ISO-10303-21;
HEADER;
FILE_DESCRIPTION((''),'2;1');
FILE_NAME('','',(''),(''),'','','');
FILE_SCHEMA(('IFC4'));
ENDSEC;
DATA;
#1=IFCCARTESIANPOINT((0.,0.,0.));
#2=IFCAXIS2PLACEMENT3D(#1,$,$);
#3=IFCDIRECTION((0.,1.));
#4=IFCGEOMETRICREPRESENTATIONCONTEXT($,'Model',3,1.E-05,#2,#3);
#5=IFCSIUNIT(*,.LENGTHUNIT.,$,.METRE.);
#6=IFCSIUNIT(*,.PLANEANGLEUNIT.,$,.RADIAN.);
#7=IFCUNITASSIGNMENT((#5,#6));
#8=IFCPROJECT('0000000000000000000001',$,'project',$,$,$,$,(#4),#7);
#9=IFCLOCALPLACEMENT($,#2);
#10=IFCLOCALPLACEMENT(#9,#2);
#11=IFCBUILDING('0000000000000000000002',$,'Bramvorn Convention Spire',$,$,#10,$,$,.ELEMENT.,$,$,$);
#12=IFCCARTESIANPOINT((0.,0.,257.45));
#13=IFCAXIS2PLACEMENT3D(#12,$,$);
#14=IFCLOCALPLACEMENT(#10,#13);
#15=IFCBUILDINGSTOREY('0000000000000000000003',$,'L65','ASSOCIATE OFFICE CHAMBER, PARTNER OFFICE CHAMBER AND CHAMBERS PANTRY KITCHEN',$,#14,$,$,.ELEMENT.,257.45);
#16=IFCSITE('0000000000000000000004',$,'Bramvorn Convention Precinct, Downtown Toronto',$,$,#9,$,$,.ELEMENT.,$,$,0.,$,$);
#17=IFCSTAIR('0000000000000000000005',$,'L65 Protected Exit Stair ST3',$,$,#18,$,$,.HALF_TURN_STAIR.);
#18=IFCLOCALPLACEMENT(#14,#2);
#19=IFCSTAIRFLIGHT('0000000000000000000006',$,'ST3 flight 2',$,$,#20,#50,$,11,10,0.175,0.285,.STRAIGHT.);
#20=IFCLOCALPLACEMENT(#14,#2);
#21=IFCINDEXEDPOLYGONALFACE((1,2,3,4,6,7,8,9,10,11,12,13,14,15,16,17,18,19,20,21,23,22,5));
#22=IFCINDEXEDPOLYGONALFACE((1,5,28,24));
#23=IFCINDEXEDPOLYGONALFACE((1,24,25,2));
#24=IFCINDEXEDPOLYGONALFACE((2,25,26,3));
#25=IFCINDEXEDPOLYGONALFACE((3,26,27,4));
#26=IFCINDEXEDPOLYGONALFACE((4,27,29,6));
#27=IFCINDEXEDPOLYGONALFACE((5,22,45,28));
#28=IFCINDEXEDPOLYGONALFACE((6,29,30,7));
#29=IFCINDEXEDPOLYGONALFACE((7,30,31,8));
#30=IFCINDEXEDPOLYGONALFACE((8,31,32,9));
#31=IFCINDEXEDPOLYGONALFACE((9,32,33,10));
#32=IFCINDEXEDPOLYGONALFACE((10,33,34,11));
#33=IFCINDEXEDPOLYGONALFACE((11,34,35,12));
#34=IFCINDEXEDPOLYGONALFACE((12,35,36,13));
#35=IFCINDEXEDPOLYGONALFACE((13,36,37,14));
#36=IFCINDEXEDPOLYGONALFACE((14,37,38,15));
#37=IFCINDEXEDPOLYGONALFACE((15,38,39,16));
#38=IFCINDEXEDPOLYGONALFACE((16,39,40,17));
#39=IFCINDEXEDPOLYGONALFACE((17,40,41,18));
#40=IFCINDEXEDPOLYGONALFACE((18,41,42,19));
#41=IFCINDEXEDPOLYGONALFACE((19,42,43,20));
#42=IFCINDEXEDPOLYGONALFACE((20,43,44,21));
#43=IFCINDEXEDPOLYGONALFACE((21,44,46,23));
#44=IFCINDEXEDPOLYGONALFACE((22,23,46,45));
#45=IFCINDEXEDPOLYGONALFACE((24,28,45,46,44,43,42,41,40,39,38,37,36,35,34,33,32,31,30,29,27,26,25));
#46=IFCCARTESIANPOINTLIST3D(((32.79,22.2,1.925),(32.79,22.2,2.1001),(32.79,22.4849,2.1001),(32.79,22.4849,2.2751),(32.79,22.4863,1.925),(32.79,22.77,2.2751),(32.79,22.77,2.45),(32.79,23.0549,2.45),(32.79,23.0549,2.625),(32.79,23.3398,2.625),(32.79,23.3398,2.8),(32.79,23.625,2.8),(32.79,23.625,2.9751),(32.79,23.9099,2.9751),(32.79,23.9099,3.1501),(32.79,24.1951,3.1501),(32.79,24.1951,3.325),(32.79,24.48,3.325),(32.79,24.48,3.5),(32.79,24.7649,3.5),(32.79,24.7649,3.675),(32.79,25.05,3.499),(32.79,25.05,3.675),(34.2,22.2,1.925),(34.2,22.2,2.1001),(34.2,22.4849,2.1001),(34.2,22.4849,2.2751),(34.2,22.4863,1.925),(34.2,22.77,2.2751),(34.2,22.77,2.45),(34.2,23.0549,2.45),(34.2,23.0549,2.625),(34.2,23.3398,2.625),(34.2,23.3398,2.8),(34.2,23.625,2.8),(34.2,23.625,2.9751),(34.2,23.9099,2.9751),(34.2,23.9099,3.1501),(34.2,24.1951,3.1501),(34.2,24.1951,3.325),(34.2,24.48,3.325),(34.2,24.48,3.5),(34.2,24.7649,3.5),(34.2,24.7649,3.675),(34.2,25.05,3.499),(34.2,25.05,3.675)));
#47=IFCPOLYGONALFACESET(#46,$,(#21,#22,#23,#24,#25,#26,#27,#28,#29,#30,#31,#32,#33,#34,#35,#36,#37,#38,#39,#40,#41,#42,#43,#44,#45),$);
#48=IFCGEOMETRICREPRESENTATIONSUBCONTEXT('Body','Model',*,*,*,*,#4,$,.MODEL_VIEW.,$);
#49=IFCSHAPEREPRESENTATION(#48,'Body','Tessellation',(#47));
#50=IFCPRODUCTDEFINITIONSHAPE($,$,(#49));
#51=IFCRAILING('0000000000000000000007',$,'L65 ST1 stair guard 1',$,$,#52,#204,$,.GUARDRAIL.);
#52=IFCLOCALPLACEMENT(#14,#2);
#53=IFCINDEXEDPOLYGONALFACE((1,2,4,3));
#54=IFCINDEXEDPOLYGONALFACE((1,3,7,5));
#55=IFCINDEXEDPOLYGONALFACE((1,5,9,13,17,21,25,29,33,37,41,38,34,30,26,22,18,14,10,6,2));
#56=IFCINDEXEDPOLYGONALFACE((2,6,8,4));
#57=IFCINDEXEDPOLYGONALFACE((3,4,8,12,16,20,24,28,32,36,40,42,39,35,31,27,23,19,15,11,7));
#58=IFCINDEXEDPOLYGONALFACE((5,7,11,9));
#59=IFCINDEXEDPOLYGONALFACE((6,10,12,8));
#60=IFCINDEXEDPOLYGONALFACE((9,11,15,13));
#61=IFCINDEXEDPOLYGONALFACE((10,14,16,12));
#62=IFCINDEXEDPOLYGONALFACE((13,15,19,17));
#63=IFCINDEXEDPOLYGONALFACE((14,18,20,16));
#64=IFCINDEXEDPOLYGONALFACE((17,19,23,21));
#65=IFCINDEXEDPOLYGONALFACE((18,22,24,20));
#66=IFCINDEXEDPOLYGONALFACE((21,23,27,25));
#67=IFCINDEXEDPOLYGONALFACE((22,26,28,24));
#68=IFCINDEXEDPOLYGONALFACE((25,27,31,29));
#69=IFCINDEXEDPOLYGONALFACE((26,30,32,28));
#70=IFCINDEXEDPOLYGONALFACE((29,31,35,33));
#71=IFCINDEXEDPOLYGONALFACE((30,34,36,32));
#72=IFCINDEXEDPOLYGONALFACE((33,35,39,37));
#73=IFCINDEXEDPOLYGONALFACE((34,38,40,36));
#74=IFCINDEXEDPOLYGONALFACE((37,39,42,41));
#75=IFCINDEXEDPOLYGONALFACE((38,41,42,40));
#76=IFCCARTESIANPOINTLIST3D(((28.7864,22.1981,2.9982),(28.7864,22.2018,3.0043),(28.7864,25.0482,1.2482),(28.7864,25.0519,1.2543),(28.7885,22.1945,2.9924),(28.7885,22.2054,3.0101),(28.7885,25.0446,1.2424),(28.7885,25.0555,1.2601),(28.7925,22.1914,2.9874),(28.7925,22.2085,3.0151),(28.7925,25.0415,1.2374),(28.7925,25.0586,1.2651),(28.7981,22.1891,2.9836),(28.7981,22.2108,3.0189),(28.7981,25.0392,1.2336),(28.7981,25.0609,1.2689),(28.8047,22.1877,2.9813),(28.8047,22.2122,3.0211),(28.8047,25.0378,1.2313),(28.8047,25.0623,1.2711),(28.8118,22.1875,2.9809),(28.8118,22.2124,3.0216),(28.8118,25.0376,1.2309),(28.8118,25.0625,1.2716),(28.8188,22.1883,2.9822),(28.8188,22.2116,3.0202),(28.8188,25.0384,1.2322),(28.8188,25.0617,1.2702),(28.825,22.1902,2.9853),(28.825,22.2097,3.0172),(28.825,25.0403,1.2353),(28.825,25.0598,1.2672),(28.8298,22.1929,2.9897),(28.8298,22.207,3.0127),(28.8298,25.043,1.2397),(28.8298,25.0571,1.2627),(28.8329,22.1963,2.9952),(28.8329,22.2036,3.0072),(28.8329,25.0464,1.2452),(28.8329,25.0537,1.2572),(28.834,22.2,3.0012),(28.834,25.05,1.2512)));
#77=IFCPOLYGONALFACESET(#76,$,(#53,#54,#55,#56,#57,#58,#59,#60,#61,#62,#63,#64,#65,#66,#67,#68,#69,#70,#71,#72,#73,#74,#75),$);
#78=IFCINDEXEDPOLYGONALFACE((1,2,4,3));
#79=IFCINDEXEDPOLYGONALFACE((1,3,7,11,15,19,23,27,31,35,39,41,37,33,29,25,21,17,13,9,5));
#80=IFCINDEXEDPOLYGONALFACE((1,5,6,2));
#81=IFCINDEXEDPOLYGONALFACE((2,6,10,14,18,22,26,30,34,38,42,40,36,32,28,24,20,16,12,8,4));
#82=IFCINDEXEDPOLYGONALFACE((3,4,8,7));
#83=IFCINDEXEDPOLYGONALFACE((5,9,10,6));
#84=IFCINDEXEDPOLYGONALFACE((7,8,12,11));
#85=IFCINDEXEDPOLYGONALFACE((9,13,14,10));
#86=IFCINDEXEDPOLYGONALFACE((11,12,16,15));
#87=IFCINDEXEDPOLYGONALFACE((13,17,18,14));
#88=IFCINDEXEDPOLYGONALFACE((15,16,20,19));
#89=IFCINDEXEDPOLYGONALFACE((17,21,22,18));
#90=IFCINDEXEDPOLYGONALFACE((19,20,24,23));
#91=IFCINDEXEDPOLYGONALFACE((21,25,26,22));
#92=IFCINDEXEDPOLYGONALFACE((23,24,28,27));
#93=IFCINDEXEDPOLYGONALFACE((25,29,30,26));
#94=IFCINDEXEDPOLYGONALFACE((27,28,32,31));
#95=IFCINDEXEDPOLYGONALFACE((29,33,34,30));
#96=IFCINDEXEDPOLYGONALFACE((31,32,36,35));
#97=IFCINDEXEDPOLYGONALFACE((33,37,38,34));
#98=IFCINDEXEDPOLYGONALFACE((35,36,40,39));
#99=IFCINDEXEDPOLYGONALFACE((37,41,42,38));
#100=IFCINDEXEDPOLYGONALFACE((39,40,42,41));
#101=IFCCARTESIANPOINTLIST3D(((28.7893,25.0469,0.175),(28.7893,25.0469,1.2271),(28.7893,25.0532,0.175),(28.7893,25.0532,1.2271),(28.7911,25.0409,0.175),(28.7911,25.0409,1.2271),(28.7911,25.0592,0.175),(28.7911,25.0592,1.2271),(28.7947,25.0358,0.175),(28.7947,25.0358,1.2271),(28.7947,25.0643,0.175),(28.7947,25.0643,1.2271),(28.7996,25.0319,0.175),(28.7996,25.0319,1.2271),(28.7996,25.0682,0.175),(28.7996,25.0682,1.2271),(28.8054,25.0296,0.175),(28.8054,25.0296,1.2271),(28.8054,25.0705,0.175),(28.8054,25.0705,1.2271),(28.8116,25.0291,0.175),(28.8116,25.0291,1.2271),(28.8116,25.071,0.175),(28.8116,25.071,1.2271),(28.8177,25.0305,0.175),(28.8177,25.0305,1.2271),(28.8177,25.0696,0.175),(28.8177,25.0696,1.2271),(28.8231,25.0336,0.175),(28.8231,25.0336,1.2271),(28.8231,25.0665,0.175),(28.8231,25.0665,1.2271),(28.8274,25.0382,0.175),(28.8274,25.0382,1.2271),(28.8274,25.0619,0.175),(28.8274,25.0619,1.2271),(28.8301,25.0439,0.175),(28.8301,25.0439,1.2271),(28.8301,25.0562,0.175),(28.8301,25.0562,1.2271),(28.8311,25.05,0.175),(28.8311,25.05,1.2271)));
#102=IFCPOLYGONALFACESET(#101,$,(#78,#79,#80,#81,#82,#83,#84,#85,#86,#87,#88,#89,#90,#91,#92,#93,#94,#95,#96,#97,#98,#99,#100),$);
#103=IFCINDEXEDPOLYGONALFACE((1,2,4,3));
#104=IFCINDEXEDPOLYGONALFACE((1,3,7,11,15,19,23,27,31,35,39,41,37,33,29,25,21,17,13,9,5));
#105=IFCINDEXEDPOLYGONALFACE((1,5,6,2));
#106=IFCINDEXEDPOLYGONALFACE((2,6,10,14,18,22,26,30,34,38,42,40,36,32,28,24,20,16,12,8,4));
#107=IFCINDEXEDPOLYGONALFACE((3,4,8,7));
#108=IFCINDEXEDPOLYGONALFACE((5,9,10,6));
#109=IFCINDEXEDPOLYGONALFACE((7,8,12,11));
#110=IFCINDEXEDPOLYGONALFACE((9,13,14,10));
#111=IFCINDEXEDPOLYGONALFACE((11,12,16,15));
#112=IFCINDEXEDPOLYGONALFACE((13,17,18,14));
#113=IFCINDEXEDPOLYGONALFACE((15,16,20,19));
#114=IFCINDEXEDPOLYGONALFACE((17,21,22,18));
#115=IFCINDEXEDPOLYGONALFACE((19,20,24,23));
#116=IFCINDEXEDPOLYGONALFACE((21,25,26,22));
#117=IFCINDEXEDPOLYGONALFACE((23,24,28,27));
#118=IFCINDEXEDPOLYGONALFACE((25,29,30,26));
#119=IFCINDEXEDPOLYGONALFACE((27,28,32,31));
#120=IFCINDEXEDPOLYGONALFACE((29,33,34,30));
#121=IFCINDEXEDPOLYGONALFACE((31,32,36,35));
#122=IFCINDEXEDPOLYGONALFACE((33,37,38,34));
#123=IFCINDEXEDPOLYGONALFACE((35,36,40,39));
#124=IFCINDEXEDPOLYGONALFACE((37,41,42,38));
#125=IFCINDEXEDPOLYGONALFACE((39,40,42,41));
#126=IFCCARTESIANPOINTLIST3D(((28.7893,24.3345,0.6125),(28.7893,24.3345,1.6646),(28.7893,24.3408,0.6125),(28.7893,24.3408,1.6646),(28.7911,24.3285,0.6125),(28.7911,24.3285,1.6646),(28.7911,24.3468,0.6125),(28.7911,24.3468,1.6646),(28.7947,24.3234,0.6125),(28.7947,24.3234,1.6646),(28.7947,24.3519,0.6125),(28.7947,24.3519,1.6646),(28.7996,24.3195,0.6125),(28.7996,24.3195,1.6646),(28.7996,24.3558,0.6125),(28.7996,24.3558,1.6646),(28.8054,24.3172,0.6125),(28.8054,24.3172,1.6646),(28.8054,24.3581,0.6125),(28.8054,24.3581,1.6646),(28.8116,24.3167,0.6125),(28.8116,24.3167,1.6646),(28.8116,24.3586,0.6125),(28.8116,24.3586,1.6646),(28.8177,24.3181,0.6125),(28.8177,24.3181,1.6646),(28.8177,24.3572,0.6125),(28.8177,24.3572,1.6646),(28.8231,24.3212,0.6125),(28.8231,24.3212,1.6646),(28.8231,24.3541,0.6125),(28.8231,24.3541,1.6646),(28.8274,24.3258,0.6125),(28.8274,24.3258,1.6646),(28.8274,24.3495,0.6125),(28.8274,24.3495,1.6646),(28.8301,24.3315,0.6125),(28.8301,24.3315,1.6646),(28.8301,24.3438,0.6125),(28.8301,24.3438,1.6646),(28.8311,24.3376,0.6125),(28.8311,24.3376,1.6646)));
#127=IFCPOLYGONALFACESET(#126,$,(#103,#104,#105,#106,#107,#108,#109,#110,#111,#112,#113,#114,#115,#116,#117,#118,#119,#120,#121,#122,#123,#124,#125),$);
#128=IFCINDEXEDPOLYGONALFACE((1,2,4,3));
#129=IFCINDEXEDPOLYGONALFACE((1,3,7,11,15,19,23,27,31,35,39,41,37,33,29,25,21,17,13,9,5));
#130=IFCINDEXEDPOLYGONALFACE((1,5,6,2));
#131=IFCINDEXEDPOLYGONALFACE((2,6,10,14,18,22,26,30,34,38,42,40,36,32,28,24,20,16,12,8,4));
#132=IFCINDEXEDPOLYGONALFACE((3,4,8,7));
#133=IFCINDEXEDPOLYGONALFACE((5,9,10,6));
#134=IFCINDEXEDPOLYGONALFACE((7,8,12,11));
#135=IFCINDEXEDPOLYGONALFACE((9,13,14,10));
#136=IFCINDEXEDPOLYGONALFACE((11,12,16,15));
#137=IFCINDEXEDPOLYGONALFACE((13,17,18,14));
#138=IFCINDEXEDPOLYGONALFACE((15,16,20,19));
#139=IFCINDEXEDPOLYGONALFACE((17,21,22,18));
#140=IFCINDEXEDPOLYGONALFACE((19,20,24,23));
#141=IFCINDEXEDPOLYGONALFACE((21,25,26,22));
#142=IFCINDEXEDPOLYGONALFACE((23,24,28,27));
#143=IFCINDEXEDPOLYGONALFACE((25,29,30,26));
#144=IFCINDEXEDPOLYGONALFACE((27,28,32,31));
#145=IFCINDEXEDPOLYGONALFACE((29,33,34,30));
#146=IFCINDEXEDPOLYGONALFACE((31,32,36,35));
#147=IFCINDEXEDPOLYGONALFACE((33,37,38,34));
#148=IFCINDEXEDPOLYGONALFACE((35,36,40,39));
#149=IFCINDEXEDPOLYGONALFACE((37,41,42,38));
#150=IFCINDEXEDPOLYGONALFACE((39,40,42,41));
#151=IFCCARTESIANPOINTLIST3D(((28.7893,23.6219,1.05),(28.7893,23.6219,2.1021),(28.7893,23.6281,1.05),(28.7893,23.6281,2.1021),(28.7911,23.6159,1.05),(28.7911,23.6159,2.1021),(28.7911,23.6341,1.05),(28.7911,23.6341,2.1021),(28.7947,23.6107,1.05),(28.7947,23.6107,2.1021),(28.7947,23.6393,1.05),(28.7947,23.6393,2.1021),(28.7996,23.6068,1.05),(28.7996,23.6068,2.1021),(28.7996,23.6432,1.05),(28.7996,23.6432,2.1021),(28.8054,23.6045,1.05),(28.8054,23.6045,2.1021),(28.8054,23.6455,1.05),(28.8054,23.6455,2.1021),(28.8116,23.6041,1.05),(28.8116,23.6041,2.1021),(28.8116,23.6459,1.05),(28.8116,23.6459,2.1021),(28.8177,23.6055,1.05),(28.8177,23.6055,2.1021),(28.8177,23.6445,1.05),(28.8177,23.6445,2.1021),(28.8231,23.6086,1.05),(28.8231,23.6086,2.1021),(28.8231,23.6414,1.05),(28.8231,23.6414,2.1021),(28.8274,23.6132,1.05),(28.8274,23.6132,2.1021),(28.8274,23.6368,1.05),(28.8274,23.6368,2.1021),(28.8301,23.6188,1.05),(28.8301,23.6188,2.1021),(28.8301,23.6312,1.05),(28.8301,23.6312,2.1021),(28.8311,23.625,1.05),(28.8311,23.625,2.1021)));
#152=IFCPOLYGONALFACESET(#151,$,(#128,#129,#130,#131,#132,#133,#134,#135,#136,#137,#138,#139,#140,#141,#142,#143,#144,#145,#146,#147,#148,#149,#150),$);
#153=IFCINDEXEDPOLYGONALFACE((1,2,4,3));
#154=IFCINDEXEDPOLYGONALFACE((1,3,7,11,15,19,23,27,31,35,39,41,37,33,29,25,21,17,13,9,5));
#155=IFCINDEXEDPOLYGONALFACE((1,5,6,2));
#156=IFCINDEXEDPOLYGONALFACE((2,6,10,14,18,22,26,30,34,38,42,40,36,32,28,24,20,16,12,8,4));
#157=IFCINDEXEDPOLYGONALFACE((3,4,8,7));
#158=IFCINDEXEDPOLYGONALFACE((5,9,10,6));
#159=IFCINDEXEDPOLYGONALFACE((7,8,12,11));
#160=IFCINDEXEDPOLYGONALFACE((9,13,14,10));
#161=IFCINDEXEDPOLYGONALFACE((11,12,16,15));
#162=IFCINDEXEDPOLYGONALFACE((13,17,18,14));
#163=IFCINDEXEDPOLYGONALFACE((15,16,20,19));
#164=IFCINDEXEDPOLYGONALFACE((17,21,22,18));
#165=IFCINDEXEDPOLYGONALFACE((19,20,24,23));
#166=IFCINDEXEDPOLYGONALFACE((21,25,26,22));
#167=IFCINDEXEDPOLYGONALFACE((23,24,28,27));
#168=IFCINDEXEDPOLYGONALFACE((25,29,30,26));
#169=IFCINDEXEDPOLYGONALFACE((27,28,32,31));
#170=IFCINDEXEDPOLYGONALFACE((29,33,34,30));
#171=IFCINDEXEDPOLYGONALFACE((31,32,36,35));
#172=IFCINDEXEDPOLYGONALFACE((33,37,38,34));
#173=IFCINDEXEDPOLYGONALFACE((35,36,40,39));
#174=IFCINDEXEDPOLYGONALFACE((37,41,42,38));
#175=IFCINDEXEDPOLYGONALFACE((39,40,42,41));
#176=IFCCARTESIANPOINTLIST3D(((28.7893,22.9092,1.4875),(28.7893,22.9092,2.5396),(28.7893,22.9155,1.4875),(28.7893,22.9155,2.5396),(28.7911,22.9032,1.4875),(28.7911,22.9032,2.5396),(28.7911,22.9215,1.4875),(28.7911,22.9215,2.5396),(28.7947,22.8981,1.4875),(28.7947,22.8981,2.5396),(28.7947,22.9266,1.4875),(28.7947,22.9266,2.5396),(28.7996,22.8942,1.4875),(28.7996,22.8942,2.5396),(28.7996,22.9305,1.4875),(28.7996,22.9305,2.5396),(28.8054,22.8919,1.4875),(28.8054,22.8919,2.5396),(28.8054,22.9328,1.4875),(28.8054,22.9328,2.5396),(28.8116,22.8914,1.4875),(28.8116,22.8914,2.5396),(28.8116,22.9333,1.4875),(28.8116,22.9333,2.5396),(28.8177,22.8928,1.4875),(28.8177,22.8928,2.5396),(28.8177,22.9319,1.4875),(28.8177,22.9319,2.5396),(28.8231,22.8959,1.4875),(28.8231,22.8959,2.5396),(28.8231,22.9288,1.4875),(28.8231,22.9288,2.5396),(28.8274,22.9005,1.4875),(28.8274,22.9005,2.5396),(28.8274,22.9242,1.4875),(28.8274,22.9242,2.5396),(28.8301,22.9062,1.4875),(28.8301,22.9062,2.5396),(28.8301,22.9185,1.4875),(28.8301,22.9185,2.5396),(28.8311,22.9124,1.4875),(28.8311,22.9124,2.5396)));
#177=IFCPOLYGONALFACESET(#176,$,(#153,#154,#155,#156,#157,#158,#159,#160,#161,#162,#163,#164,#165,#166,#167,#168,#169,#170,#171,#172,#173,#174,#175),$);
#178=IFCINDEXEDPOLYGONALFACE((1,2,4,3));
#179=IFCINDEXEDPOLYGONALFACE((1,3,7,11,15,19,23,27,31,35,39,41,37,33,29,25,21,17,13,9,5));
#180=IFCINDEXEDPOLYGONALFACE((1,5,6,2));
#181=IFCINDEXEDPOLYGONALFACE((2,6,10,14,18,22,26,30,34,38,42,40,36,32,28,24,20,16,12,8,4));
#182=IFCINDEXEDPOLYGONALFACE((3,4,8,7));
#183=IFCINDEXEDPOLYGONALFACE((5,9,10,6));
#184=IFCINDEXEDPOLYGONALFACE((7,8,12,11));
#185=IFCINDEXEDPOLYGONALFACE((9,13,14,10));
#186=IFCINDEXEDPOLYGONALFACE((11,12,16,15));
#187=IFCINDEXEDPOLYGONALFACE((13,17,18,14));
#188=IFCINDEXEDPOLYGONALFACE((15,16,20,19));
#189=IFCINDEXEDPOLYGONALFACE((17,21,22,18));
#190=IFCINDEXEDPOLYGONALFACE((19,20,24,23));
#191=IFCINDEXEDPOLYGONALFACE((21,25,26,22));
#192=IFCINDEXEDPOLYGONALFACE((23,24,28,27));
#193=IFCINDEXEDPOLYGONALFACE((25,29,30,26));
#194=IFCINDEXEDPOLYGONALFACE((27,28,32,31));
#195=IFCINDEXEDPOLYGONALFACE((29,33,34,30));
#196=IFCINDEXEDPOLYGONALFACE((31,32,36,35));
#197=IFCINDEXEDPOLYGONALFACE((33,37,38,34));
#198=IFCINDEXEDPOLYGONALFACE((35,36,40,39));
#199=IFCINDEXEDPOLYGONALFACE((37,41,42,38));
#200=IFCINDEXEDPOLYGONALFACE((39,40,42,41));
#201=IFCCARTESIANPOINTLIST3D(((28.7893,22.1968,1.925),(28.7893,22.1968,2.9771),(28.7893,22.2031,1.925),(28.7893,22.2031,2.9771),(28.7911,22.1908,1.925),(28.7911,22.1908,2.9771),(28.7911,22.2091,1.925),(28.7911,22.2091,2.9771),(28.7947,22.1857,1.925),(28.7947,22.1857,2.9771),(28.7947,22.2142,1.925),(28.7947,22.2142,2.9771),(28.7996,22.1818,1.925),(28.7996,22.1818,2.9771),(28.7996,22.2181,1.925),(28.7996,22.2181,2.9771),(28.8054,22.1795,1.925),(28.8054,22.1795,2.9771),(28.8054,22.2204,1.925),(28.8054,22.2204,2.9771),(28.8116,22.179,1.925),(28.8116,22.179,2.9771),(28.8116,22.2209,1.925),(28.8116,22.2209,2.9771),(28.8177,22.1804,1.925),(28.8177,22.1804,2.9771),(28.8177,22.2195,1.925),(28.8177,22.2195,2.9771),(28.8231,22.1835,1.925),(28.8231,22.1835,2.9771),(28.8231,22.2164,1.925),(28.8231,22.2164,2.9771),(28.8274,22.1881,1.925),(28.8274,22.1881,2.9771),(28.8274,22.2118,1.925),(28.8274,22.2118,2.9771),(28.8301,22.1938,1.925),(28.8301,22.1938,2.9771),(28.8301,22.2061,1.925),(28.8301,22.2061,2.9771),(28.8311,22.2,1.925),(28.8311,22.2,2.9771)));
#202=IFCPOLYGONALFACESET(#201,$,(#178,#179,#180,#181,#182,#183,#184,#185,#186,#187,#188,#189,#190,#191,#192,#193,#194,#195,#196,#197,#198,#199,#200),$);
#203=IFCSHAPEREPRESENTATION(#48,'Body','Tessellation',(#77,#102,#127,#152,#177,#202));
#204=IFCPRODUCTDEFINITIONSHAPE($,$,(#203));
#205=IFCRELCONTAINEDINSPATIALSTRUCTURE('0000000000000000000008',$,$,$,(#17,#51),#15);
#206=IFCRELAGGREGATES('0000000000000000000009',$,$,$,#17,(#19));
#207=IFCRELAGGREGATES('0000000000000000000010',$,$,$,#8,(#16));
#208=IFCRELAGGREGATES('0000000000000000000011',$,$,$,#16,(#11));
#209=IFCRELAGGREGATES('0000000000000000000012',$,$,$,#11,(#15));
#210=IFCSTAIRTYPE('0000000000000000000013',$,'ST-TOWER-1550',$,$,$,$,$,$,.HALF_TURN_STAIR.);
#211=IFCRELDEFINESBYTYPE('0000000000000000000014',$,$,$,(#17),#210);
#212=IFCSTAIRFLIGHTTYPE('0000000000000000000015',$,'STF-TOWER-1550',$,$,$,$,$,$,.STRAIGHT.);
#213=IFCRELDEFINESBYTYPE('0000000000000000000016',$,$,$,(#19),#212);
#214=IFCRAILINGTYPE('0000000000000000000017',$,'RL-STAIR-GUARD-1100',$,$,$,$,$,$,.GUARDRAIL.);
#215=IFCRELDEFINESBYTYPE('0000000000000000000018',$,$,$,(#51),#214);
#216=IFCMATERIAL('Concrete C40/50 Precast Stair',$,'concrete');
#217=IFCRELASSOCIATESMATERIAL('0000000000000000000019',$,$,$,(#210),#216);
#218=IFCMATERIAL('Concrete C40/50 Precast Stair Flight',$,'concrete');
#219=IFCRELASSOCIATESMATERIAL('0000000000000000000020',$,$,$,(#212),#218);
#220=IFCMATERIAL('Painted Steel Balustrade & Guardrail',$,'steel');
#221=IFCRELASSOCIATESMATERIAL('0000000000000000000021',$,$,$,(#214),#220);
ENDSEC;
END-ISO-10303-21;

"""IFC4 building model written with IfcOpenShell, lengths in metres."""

from ifc_helpers import new_model, si_unit, direction, frame, origin, origin_2d, place, context, subcontext, project, spatial, polyline, circle, outline, extrude, material, type_object, element, aggregate, save


model = new_model("IFC4")

# Units and contexts
model_context = context("Model", 3, precision=1e-05, world=origin(), true_north=direction((0.0, 1.0)))
body_context = subcontext(model_context, "Body", "Model", "MODEL_VIEW")
ifc_project = project(units=[si_unit("LENGTHUNIT", "METRE"), si_unit("PLANEANGLEUNIT", "RADIAN")], contexts=[model_context])

# Site, building, storey
site_placement = place(None, origin())
site = spatial("IfcSite", under=ifc_project, at=site_placement, Name="Bramvorn Convention Precinct, Downtown Toronto", CompositionType="ELEMENT", RefElevation=0.0)
building_placement = place(site_placement, origin())
building = spatial("IfcBuilding", under=site, at=building_placement, Name="Bramvorn Convention Spire", CompositionType="ELEMENT")
storey_placement = place(building_placement, frame((0.0, 0.0, 257.45)))
storey = spatial("IfcBuildingStorey", under=building, at=storey_placement, Name="L65", Description="ASSOCIATE OFFICE CHAMBER, PARTNER OFFICE CHAMBER AND CHAMBERS PANTRY KITCHEN", CompositionType="ELEMENT", Elevation=257.45)

# Stair, stair flight
ifc_material_1 = material(Name="Concrete C40/50 Precast Stair", Category="concrete")
stair_type = type_object("IfcStairType", Name="ST-TOWER-1550", PredefinedType="HALF_TURN_STAIR", material=ifc_material_1)
ifc_material_2 = material(Name="Concrete C40/50 Precast Stair Flight", Category="concrete")
stair_flight_type = type_object("IfcStairFlightType", Name="STF-TOWER-1550", PredefinedType="STRAIGHT", material=ifc_material_2)
stair_1_placement = place(storey_placement, origin())
stair_1 = element("IfcStair", 1, at=stair_1_placement, inside=storey, type_object=stair_type, Name="L65 Protected Exit Stair ST3", PredefinedType="HALF_TURN_STAIR")
stair_flight_1_placement = place(storey_placement, frame((33.4951, 22.2, 1.925), z_axis=(0.0, 0.0, 1.0), x_axis=(0.0, 1.0, 0.0)))
stair_flight_1 = element("IfcStairFlight", 2, at=stair_flight_1_placement, type_object=stair_flight_type, Name="ST3 flight 2", NumberOfRisers=11, NumberOfTreads=10, PredefinedType="STRAIGHT", RiserHeight=0.175, TreadLength=0.285, context=body_context, shape_type="SweptSolid", body=[
    extrude(outline(polyline([(0.0, 0.0), (0.0, 0.175), (0.2849, 0.175), (0.2849, 0.3501), (0.5701, 0.3501), (0.5701, 0.5249), (0.855, 0.5249), (0.855, 0.7), (1.1399, 0.7), (1.1399, 0.875), (1.425, 0.875), (1.425, 1.05), (1.71, 1.05), (1.71, 1.2251), (1.9951, 1.2251), (1.9951, 1.3999), (2.28, 1.3999), (2.28, 1.575), (2.5649, 1.575), (2.5649, 1.75), (2.8501, 1.75), (2.8501, 1.925), (2.8501, 1.574), (0.2864, 0.0), (0.0, 0.0)])), frame((0.0, 0.7051, 0.0), z_axis=(0.0, -1.0, 0.0), x_axis=(1.0, 0.0, 0.0)), (0.0, 0.0, 1.0), 1.4099),
])
aggregate(stair_1, [stair_flight_1])

# Railing
ifc_material_3 = material(Name="Painted Steel Balustrade & Guardrail", Category="steel")
railing_type_1 = type_object("IfcRailingType", Name="RL-STAIR-GUARD-1100", PredefinedType="GUARDRAIL", material=ifc_material_3)
railing_1_placement = place(storey_placement, frame((28.8101, 25.05, 0.175)))
element("IfcRailing", 3, at=railing_1_placement, inside=storey, type_object=railing_type_1, Name="L65 ST1 stair guard 1", PredefinedType="GUARDRAIL", context=body_context, shape_type="SweptSolid", body=[
    extrude(circle(Radius=0.0239, at=origin_2d()), frame((0.0, 0.0, 1.0762), z_axis=(0.0, -0.852179, 0.52325), x_axis=(1.0, 0.0, 0.0)), (0.0, 0.0, 1.0), 3.3445),
    extrude(circle(Radius=0.021, at=origin_2d()), origin(), (0.0, 0.0, 1.0), 1.052),
    extrude(circle(Radius=0.021, at=origin_2d()), frame((0.0, -0.7124, 0.4375)), (0.0, 0.0, 1.0), 1.052),
    extrude(circle(Radius=0.021, at=origin_2d()), frame((0.0, -1.425, 0.875)), (0.0, 0.0, 1.0), 1.052),
    extrude(circle(Radius=0.021, at=origin_2d()), frame((0.0, -2.1377, 1.3125)), (0.0, 0.0, 1.0), 1.052),
    extrude(circle(Radius=0.021, at=origin_2d()), frame((0.0, -2.8501, 1.75)), (0.0, 0.0, 1.0), 1.052),
])

save(model, "model.ifc")
